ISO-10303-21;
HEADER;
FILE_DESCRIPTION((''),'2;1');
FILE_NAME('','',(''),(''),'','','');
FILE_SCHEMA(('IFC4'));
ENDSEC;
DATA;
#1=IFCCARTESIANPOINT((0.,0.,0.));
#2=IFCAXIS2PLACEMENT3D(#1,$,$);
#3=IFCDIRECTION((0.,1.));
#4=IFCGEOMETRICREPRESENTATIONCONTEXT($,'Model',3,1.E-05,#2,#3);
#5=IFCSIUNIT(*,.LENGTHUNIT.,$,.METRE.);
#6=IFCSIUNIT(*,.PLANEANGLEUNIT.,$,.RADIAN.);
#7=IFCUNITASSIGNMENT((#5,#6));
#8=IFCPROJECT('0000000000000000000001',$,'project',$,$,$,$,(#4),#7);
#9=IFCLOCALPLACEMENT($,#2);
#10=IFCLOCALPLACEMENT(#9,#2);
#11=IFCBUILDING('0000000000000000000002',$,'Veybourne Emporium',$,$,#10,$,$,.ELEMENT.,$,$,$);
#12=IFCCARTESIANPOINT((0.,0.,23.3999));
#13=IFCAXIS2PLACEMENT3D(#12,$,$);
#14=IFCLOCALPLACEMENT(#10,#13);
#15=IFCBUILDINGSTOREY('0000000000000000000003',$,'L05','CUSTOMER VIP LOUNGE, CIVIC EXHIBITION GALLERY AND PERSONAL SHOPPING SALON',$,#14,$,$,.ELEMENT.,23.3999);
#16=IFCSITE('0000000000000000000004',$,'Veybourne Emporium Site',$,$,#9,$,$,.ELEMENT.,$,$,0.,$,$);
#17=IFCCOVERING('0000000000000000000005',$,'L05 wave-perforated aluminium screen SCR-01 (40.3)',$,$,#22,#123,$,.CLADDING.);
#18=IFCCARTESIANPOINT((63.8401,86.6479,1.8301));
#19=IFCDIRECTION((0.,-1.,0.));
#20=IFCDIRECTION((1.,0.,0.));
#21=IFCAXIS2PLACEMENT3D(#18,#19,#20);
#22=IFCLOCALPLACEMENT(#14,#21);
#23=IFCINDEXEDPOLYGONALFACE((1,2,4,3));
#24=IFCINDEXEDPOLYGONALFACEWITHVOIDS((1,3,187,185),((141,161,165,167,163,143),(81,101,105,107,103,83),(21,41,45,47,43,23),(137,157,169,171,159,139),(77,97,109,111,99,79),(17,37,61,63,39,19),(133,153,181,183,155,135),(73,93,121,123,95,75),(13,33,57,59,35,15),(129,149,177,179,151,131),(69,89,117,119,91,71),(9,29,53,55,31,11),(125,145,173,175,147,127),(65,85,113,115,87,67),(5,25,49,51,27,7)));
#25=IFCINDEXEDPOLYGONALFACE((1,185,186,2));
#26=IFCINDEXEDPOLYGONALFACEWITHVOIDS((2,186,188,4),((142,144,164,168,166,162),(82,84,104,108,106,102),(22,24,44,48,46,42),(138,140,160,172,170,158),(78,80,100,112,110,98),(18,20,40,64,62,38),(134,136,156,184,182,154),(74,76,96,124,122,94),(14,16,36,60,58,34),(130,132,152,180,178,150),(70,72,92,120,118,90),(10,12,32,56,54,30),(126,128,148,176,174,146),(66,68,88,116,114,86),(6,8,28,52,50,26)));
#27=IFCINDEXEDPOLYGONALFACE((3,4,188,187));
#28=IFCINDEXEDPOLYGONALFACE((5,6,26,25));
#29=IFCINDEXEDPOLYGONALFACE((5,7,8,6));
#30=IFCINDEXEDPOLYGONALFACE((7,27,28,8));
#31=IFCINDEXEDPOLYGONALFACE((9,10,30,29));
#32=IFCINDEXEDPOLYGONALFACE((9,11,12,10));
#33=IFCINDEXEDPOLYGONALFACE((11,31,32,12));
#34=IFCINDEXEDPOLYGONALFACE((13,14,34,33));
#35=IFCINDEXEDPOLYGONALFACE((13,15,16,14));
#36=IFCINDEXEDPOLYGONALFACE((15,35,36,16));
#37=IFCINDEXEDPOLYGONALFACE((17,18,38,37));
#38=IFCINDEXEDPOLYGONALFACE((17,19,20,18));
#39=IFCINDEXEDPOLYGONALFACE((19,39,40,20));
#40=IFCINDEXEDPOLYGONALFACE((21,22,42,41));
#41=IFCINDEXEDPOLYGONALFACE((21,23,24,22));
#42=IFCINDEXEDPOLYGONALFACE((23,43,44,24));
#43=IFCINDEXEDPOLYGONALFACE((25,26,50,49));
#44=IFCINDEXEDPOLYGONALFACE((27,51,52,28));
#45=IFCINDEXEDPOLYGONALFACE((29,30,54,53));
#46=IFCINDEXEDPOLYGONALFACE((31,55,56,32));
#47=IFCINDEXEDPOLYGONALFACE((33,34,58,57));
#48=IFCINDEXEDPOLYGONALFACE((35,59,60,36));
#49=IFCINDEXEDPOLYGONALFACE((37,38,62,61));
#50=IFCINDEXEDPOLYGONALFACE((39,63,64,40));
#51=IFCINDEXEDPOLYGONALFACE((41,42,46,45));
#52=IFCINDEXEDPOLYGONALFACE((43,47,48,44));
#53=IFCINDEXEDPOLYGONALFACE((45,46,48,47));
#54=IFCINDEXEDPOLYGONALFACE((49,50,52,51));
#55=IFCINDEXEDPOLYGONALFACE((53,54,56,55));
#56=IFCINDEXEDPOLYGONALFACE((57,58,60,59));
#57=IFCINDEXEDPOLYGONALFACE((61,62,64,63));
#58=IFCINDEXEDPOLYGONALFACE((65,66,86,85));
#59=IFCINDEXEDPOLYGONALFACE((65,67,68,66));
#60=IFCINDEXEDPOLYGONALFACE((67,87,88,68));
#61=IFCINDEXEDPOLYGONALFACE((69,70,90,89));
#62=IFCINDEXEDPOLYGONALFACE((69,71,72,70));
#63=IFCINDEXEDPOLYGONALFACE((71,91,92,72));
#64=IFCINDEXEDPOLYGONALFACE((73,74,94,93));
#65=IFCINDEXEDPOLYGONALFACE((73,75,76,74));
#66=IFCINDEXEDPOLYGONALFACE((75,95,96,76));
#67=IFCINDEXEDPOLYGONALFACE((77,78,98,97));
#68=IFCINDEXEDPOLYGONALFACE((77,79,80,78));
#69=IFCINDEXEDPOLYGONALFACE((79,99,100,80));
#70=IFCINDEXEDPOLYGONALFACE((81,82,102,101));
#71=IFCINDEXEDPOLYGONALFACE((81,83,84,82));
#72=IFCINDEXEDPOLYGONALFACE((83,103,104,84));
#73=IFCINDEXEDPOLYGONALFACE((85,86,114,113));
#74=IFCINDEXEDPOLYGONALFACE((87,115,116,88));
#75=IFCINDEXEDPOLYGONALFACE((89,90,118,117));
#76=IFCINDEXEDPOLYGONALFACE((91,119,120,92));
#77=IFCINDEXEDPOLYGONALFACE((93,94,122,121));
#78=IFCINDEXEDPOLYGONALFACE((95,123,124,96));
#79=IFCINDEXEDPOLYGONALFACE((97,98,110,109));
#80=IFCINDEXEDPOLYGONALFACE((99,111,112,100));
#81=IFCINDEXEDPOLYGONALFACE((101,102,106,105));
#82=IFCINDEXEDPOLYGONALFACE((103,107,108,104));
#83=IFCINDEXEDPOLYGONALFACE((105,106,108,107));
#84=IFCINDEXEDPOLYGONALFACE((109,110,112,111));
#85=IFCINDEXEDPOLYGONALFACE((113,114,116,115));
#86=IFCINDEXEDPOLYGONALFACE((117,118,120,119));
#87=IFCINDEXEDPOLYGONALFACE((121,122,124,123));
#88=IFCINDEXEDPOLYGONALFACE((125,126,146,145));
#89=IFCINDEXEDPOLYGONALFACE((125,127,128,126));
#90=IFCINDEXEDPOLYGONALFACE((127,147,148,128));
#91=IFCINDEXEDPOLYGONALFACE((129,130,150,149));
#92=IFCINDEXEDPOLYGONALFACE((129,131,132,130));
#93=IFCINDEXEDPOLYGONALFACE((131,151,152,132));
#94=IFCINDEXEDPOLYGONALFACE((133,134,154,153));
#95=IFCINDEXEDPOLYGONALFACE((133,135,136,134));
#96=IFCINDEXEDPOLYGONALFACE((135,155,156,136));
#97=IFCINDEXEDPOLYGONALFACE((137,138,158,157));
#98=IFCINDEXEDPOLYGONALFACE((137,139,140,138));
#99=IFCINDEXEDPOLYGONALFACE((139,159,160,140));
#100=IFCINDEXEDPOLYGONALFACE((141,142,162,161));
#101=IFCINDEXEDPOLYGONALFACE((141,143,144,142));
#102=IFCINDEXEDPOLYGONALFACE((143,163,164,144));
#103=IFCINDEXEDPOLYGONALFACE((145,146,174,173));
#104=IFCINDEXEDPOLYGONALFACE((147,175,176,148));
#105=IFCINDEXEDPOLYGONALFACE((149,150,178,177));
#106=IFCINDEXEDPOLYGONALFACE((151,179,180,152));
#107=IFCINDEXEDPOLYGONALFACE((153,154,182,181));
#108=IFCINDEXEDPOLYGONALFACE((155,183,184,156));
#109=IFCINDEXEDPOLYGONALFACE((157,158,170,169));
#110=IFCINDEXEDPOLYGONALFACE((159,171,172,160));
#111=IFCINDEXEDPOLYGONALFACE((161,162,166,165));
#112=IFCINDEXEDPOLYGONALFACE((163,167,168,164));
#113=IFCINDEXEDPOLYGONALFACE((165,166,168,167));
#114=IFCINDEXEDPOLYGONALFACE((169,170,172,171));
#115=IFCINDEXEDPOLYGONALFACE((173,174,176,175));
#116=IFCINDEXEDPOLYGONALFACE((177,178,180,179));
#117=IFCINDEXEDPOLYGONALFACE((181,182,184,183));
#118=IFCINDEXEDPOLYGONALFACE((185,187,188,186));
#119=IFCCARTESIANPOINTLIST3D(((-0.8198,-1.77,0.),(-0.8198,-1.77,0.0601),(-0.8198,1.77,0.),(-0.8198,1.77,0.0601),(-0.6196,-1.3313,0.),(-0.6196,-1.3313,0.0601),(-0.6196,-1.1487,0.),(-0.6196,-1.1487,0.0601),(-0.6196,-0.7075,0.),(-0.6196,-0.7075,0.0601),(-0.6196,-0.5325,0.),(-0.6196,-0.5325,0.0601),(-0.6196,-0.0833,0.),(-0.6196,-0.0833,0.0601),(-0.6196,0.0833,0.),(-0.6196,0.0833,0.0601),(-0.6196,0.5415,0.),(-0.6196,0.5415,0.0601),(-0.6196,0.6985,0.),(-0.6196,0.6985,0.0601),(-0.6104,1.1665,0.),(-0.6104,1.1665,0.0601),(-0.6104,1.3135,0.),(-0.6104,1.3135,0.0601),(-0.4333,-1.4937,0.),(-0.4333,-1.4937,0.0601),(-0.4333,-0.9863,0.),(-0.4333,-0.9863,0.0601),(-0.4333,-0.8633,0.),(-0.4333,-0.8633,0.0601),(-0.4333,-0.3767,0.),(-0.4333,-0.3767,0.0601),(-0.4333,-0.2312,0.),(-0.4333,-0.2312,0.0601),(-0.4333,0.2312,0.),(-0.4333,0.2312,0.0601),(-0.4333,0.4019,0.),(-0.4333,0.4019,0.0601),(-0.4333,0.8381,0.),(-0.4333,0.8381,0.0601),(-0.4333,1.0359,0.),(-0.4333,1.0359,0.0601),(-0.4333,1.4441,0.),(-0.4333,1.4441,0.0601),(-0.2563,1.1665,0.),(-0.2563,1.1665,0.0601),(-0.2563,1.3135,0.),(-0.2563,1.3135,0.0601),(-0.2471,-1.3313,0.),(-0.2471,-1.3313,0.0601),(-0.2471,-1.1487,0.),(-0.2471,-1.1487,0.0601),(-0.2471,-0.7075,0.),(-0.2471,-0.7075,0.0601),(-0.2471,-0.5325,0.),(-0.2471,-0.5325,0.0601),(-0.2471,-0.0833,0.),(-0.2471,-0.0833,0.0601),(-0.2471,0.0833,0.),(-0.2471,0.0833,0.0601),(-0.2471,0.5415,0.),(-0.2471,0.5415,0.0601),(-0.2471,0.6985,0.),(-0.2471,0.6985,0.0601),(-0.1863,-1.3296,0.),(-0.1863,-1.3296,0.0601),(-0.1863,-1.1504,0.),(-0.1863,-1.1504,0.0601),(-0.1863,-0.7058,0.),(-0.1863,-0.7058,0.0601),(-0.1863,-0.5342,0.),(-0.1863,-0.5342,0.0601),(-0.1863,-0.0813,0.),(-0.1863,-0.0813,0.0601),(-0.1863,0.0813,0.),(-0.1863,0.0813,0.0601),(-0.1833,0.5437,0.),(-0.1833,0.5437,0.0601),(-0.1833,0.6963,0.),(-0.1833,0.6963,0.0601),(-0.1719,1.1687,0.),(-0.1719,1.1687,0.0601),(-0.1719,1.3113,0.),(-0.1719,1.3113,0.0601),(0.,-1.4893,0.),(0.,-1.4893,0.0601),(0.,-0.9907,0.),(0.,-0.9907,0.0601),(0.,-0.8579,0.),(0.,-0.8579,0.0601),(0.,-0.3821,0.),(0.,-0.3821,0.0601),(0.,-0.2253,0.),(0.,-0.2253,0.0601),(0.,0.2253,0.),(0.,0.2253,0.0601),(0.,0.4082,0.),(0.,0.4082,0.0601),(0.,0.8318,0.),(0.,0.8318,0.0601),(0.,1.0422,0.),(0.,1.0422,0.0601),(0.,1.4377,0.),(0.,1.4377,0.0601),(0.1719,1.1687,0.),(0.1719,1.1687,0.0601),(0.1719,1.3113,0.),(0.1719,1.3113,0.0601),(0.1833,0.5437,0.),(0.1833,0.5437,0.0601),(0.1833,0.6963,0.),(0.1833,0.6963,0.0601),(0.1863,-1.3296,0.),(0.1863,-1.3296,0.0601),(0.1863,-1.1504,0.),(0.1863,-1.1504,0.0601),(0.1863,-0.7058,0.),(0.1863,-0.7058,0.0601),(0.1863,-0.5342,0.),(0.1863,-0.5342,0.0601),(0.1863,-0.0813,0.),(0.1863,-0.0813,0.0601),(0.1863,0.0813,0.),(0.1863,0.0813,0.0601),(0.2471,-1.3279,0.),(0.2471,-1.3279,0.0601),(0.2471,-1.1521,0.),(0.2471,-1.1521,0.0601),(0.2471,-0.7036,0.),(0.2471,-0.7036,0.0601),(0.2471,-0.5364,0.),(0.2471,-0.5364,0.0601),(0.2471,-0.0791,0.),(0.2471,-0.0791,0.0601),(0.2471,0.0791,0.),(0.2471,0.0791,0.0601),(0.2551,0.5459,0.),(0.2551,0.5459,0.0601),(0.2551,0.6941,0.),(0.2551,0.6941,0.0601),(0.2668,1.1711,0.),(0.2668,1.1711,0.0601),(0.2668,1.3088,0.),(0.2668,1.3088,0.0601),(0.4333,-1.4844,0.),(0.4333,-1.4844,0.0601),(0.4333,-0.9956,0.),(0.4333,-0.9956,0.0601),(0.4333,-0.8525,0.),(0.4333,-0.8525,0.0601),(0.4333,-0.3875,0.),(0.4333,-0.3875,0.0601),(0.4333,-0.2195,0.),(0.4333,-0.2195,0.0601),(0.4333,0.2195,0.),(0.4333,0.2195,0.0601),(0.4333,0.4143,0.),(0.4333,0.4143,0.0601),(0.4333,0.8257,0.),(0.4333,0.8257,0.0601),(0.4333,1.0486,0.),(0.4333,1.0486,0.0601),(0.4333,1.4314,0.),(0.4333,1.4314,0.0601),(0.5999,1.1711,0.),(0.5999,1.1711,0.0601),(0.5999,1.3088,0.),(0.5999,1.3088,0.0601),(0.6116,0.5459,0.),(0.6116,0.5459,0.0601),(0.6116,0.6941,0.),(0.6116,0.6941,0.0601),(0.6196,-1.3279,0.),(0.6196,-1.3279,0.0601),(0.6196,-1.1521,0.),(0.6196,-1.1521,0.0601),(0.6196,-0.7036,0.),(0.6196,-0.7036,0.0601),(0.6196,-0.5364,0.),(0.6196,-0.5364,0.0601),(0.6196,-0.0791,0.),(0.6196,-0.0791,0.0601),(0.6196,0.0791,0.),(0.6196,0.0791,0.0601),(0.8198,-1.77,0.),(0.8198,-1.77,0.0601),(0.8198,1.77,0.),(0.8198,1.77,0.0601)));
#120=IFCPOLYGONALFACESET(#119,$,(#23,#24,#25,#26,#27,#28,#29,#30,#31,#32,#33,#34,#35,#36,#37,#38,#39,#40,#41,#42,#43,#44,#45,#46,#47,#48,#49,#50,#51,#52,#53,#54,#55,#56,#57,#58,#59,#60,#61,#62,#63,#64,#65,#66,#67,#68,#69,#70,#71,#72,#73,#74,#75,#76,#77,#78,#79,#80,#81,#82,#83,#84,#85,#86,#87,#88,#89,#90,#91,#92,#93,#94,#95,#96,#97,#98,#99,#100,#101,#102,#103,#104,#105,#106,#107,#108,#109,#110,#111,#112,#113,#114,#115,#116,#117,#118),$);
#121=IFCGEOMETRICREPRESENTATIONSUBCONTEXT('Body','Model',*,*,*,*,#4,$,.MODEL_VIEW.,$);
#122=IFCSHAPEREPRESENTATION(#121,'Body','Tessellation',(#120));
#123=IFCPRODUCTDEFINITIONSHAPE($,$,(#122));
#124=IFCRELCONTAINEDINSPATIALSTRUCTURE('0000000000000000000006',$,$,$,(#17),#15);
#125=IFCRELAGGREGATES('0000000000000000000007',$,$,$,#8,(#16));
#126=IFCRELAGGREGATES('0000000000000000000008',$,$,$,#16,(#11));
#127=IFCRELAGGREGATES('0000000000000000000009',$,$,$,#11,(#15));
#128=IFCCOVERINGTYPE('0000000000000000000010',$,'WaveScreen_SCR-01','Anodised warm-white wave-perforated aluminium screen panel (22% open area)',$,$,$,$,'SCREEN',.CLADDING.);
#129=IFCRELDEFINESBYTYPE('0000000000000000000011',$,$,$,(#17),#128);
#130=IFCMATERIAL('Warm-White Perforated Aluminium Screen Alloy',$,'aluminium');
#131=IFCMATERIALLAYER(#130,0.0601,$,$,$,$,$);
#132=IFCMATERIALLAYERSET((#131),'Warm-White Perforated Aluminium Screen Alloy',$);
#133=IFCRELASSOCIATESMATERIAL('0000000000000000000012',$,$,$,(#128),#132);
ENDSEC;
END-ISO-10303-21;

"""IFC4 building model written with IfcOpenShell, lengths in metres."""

from ifc_helpers import new_model, si_unit, direction, frame, origin, place, context, subcontext, project, spatial, polyline, outline, extrude, material, layer, layer_set, type_object, element, save


model = new_model("IFC4")

# Units and contexts
model_context = context("Model", 3, precision=1e-05, world=origin(), true_north=direction((0.0, 1.0)))
body_context = subcontext(model_context, "Body", "Model", "MODEL_VIEW")
ifc_project = project(units=[si_unit("LENGTHUNIT", "METRE"), si_unit("PLANEANGLEUNIT", "RADIAN")], contexts=[model_context])

# Site, building, storey
site_placement = place(None, origin())
site = spatial("IfcSite", under=ifc_project, at=site_placement, Name="Veybourne Emporium Site", CompositionType="ELEMENT", RefElevation=0.0)
building_placement = place(site_placement, origin())
building = spatial("IfcBuilding", under=site, at=building_placement, Name="Veybourne Emporium", CompositionType="ELEMENT")
storey_placement = place(building_placement, frame((0.0, 0.0, 23.3999)))
storey = spatial("IfcBuildingStorey", under=building, at=storey_placement, Name="L05", Description="CUSTOMER VIP LOUNGE, CIVIC EXHIBITION GALLERY AND PERSONAL SHOPPING SALON", CompositionType="ELEMENT", Elevation=23.3999)

# Covering
ifc_material_1 = material(Name="Warm-White Perforated Aluminium Screen Alloy", Category="aluminium")
ifc_layer_1 = layer(ifc_material_1, 0.0601)
ifc_layer_set_1 = layer_set([ifc_layer_1], Name="Warm-White Perforated Aluminium Screen Alloy")
covering_type_1 = type_object("IfcCoveringType", Name="WaveScreen_SCR-01", Description="Anodised warm-white wave-perforated aluminium screen panel (22% open area)", ElementType="SCREEN", PredefinedType="CLADDING", material=ifc_layer_set_1)
covering_1_placement = place(storey_placement, frame((63.8401, 86.6479, 1.8301), z_axis=(0.0, -1.0, 0.0), x_axis=(1.0, 0.0, 0.0)))
element("IfcCovering", 1, at=covering_1_placement, inside=storey, type_object=covering_type_1, Name="L05 wave-perforated aluminium screen SCR-01 (40.3)", PredefinedType="CLADDING", context=body_context, shape_type="SweptSolid", body=[
    extrude(outline(polyline([(-0.8198, -1.77), (0.8198, -1.77), (0.8198, 1.77), (-0.8198, 1.77), (-0.8198, -1.77)]), holes=[polyline([(-0.4333, -0.9863), (-0.2471, -1.1487), (-0.2471, -1.3313), (-0.4333, -1.4937), (-0.6196, -1.3313), (-0.6196, -1.1487), (-0.4333, -0.9863)]), polyline([(-0.4333, -0.3767), (-0.2471, -0.5325), (-0.2471, -0.7075), (-0.4333, -0.8633), (-0.6196, -0.7075), (-0.6196, -0.5325), (-0.4333, -0.3767)]), polyline([(-0.4333, 0.2312), (-0.2471, 0.0833), (-0.2471, -0.0833), (-0.4333, -0.2312), (-0.6196, -0.0833), (-0.6196, 0.0833), (-0.4333, 0.2312)]), polyline([(-0.4333, 0.8381), (-0.2471, 0.6985), (-0.2471, 0.5415), (-0.4333, 0.4019), (-0.6196, 0.5415), (-0.6196, 0.6985), (-0.4333, 0.8381)]), polyline([(-0.4333, 1.4441), (-0.2563, 1.3135), (-0.2563, 1.1665), (-0.4333, 1.0359), (-0.6104, 1.1665), (-0.6104, 1.3135), (-0.4333, 1.4441)]), polyline([(0.0, -0.9907), (0.1863, -1.1504), (0.1863, -1.3296), (0.0, -1.4893), (-0.1863, -1.3296), (-0.1863, -1.1504), (0.0, -0.9907)]), polyline([(0.0, -0.3821), (0.1863, -0.5342), (0.1863, -0.7058), (0.0, -0.8579), (-0.1863, -0.7058), (-0.1863, -0.5342), (0.0, -0.3821)]), polyline([(0.0, 0.2253), (0.1863, 0.0813), (0.1863, -0.0813), (0.0, -0.2253), (-0.1863, -0.0813), (-0.1863, 0.0813), (0.0, 0.2253)]), polyline([(0.0, 0.8318), (0.1833, 0.6963), (0.1833, 0.5437), (0.0, 0.4082), (-0.1833, 0.5437), (-0.1833, 0.6963), (0.0, 0.8318)]), polyline([(0.0, 1.4377), (0.1719, 1.3113), (0.1719, 1.1687), (0.0, 1.0422), (-0.1719, 1.1687), (-0.1719, 1.3113), (0.0, 1.4377)]), polyline([(0.4333, -0.9956), (0.6196, -1.1521), (0.6196, -1.3279), (0.4333, -1.4844), (0.2471, -1.3279), (0.2471, -1.1521), (0.4333, -0.9956)]), polyline([(0.4333, -0.3875), (0.6196, -0.5364), (0.6196, -0.7036), (0.4333, -0.8525), (0.2471, -0.7036), (0.2471, -0.5364), (0.4333, -0.3875)]), polyline([(0.4333, 0.2195), (0.6196, 0.0791), (0.6196, -0.0791), (0.4333, -0.2195), (0.2471, -0.0791), (0.2471, 0.0791), (0.4333, 0.2195)]), polyline([(0.4333, 0.8257), (0.6116, 0.6941), (0.6116, 0.5459), (0.4333, 0.4143), (0.2551, 0.5459), (0.2551, 0.6941), (0.4333, 0.8257)]), polyline([(0.4333, 1.4314), (0.5999, 1.3088), (0.5999, 1.1711), (0.4333, 1.0486), (0.2668, 1.1711), (0.2668, 1.3088), (0.4333, 1.4314)])]), origin(), (0.0, 0.0, 1.0), 0.0601),
])

save(model, "model.ifc")
